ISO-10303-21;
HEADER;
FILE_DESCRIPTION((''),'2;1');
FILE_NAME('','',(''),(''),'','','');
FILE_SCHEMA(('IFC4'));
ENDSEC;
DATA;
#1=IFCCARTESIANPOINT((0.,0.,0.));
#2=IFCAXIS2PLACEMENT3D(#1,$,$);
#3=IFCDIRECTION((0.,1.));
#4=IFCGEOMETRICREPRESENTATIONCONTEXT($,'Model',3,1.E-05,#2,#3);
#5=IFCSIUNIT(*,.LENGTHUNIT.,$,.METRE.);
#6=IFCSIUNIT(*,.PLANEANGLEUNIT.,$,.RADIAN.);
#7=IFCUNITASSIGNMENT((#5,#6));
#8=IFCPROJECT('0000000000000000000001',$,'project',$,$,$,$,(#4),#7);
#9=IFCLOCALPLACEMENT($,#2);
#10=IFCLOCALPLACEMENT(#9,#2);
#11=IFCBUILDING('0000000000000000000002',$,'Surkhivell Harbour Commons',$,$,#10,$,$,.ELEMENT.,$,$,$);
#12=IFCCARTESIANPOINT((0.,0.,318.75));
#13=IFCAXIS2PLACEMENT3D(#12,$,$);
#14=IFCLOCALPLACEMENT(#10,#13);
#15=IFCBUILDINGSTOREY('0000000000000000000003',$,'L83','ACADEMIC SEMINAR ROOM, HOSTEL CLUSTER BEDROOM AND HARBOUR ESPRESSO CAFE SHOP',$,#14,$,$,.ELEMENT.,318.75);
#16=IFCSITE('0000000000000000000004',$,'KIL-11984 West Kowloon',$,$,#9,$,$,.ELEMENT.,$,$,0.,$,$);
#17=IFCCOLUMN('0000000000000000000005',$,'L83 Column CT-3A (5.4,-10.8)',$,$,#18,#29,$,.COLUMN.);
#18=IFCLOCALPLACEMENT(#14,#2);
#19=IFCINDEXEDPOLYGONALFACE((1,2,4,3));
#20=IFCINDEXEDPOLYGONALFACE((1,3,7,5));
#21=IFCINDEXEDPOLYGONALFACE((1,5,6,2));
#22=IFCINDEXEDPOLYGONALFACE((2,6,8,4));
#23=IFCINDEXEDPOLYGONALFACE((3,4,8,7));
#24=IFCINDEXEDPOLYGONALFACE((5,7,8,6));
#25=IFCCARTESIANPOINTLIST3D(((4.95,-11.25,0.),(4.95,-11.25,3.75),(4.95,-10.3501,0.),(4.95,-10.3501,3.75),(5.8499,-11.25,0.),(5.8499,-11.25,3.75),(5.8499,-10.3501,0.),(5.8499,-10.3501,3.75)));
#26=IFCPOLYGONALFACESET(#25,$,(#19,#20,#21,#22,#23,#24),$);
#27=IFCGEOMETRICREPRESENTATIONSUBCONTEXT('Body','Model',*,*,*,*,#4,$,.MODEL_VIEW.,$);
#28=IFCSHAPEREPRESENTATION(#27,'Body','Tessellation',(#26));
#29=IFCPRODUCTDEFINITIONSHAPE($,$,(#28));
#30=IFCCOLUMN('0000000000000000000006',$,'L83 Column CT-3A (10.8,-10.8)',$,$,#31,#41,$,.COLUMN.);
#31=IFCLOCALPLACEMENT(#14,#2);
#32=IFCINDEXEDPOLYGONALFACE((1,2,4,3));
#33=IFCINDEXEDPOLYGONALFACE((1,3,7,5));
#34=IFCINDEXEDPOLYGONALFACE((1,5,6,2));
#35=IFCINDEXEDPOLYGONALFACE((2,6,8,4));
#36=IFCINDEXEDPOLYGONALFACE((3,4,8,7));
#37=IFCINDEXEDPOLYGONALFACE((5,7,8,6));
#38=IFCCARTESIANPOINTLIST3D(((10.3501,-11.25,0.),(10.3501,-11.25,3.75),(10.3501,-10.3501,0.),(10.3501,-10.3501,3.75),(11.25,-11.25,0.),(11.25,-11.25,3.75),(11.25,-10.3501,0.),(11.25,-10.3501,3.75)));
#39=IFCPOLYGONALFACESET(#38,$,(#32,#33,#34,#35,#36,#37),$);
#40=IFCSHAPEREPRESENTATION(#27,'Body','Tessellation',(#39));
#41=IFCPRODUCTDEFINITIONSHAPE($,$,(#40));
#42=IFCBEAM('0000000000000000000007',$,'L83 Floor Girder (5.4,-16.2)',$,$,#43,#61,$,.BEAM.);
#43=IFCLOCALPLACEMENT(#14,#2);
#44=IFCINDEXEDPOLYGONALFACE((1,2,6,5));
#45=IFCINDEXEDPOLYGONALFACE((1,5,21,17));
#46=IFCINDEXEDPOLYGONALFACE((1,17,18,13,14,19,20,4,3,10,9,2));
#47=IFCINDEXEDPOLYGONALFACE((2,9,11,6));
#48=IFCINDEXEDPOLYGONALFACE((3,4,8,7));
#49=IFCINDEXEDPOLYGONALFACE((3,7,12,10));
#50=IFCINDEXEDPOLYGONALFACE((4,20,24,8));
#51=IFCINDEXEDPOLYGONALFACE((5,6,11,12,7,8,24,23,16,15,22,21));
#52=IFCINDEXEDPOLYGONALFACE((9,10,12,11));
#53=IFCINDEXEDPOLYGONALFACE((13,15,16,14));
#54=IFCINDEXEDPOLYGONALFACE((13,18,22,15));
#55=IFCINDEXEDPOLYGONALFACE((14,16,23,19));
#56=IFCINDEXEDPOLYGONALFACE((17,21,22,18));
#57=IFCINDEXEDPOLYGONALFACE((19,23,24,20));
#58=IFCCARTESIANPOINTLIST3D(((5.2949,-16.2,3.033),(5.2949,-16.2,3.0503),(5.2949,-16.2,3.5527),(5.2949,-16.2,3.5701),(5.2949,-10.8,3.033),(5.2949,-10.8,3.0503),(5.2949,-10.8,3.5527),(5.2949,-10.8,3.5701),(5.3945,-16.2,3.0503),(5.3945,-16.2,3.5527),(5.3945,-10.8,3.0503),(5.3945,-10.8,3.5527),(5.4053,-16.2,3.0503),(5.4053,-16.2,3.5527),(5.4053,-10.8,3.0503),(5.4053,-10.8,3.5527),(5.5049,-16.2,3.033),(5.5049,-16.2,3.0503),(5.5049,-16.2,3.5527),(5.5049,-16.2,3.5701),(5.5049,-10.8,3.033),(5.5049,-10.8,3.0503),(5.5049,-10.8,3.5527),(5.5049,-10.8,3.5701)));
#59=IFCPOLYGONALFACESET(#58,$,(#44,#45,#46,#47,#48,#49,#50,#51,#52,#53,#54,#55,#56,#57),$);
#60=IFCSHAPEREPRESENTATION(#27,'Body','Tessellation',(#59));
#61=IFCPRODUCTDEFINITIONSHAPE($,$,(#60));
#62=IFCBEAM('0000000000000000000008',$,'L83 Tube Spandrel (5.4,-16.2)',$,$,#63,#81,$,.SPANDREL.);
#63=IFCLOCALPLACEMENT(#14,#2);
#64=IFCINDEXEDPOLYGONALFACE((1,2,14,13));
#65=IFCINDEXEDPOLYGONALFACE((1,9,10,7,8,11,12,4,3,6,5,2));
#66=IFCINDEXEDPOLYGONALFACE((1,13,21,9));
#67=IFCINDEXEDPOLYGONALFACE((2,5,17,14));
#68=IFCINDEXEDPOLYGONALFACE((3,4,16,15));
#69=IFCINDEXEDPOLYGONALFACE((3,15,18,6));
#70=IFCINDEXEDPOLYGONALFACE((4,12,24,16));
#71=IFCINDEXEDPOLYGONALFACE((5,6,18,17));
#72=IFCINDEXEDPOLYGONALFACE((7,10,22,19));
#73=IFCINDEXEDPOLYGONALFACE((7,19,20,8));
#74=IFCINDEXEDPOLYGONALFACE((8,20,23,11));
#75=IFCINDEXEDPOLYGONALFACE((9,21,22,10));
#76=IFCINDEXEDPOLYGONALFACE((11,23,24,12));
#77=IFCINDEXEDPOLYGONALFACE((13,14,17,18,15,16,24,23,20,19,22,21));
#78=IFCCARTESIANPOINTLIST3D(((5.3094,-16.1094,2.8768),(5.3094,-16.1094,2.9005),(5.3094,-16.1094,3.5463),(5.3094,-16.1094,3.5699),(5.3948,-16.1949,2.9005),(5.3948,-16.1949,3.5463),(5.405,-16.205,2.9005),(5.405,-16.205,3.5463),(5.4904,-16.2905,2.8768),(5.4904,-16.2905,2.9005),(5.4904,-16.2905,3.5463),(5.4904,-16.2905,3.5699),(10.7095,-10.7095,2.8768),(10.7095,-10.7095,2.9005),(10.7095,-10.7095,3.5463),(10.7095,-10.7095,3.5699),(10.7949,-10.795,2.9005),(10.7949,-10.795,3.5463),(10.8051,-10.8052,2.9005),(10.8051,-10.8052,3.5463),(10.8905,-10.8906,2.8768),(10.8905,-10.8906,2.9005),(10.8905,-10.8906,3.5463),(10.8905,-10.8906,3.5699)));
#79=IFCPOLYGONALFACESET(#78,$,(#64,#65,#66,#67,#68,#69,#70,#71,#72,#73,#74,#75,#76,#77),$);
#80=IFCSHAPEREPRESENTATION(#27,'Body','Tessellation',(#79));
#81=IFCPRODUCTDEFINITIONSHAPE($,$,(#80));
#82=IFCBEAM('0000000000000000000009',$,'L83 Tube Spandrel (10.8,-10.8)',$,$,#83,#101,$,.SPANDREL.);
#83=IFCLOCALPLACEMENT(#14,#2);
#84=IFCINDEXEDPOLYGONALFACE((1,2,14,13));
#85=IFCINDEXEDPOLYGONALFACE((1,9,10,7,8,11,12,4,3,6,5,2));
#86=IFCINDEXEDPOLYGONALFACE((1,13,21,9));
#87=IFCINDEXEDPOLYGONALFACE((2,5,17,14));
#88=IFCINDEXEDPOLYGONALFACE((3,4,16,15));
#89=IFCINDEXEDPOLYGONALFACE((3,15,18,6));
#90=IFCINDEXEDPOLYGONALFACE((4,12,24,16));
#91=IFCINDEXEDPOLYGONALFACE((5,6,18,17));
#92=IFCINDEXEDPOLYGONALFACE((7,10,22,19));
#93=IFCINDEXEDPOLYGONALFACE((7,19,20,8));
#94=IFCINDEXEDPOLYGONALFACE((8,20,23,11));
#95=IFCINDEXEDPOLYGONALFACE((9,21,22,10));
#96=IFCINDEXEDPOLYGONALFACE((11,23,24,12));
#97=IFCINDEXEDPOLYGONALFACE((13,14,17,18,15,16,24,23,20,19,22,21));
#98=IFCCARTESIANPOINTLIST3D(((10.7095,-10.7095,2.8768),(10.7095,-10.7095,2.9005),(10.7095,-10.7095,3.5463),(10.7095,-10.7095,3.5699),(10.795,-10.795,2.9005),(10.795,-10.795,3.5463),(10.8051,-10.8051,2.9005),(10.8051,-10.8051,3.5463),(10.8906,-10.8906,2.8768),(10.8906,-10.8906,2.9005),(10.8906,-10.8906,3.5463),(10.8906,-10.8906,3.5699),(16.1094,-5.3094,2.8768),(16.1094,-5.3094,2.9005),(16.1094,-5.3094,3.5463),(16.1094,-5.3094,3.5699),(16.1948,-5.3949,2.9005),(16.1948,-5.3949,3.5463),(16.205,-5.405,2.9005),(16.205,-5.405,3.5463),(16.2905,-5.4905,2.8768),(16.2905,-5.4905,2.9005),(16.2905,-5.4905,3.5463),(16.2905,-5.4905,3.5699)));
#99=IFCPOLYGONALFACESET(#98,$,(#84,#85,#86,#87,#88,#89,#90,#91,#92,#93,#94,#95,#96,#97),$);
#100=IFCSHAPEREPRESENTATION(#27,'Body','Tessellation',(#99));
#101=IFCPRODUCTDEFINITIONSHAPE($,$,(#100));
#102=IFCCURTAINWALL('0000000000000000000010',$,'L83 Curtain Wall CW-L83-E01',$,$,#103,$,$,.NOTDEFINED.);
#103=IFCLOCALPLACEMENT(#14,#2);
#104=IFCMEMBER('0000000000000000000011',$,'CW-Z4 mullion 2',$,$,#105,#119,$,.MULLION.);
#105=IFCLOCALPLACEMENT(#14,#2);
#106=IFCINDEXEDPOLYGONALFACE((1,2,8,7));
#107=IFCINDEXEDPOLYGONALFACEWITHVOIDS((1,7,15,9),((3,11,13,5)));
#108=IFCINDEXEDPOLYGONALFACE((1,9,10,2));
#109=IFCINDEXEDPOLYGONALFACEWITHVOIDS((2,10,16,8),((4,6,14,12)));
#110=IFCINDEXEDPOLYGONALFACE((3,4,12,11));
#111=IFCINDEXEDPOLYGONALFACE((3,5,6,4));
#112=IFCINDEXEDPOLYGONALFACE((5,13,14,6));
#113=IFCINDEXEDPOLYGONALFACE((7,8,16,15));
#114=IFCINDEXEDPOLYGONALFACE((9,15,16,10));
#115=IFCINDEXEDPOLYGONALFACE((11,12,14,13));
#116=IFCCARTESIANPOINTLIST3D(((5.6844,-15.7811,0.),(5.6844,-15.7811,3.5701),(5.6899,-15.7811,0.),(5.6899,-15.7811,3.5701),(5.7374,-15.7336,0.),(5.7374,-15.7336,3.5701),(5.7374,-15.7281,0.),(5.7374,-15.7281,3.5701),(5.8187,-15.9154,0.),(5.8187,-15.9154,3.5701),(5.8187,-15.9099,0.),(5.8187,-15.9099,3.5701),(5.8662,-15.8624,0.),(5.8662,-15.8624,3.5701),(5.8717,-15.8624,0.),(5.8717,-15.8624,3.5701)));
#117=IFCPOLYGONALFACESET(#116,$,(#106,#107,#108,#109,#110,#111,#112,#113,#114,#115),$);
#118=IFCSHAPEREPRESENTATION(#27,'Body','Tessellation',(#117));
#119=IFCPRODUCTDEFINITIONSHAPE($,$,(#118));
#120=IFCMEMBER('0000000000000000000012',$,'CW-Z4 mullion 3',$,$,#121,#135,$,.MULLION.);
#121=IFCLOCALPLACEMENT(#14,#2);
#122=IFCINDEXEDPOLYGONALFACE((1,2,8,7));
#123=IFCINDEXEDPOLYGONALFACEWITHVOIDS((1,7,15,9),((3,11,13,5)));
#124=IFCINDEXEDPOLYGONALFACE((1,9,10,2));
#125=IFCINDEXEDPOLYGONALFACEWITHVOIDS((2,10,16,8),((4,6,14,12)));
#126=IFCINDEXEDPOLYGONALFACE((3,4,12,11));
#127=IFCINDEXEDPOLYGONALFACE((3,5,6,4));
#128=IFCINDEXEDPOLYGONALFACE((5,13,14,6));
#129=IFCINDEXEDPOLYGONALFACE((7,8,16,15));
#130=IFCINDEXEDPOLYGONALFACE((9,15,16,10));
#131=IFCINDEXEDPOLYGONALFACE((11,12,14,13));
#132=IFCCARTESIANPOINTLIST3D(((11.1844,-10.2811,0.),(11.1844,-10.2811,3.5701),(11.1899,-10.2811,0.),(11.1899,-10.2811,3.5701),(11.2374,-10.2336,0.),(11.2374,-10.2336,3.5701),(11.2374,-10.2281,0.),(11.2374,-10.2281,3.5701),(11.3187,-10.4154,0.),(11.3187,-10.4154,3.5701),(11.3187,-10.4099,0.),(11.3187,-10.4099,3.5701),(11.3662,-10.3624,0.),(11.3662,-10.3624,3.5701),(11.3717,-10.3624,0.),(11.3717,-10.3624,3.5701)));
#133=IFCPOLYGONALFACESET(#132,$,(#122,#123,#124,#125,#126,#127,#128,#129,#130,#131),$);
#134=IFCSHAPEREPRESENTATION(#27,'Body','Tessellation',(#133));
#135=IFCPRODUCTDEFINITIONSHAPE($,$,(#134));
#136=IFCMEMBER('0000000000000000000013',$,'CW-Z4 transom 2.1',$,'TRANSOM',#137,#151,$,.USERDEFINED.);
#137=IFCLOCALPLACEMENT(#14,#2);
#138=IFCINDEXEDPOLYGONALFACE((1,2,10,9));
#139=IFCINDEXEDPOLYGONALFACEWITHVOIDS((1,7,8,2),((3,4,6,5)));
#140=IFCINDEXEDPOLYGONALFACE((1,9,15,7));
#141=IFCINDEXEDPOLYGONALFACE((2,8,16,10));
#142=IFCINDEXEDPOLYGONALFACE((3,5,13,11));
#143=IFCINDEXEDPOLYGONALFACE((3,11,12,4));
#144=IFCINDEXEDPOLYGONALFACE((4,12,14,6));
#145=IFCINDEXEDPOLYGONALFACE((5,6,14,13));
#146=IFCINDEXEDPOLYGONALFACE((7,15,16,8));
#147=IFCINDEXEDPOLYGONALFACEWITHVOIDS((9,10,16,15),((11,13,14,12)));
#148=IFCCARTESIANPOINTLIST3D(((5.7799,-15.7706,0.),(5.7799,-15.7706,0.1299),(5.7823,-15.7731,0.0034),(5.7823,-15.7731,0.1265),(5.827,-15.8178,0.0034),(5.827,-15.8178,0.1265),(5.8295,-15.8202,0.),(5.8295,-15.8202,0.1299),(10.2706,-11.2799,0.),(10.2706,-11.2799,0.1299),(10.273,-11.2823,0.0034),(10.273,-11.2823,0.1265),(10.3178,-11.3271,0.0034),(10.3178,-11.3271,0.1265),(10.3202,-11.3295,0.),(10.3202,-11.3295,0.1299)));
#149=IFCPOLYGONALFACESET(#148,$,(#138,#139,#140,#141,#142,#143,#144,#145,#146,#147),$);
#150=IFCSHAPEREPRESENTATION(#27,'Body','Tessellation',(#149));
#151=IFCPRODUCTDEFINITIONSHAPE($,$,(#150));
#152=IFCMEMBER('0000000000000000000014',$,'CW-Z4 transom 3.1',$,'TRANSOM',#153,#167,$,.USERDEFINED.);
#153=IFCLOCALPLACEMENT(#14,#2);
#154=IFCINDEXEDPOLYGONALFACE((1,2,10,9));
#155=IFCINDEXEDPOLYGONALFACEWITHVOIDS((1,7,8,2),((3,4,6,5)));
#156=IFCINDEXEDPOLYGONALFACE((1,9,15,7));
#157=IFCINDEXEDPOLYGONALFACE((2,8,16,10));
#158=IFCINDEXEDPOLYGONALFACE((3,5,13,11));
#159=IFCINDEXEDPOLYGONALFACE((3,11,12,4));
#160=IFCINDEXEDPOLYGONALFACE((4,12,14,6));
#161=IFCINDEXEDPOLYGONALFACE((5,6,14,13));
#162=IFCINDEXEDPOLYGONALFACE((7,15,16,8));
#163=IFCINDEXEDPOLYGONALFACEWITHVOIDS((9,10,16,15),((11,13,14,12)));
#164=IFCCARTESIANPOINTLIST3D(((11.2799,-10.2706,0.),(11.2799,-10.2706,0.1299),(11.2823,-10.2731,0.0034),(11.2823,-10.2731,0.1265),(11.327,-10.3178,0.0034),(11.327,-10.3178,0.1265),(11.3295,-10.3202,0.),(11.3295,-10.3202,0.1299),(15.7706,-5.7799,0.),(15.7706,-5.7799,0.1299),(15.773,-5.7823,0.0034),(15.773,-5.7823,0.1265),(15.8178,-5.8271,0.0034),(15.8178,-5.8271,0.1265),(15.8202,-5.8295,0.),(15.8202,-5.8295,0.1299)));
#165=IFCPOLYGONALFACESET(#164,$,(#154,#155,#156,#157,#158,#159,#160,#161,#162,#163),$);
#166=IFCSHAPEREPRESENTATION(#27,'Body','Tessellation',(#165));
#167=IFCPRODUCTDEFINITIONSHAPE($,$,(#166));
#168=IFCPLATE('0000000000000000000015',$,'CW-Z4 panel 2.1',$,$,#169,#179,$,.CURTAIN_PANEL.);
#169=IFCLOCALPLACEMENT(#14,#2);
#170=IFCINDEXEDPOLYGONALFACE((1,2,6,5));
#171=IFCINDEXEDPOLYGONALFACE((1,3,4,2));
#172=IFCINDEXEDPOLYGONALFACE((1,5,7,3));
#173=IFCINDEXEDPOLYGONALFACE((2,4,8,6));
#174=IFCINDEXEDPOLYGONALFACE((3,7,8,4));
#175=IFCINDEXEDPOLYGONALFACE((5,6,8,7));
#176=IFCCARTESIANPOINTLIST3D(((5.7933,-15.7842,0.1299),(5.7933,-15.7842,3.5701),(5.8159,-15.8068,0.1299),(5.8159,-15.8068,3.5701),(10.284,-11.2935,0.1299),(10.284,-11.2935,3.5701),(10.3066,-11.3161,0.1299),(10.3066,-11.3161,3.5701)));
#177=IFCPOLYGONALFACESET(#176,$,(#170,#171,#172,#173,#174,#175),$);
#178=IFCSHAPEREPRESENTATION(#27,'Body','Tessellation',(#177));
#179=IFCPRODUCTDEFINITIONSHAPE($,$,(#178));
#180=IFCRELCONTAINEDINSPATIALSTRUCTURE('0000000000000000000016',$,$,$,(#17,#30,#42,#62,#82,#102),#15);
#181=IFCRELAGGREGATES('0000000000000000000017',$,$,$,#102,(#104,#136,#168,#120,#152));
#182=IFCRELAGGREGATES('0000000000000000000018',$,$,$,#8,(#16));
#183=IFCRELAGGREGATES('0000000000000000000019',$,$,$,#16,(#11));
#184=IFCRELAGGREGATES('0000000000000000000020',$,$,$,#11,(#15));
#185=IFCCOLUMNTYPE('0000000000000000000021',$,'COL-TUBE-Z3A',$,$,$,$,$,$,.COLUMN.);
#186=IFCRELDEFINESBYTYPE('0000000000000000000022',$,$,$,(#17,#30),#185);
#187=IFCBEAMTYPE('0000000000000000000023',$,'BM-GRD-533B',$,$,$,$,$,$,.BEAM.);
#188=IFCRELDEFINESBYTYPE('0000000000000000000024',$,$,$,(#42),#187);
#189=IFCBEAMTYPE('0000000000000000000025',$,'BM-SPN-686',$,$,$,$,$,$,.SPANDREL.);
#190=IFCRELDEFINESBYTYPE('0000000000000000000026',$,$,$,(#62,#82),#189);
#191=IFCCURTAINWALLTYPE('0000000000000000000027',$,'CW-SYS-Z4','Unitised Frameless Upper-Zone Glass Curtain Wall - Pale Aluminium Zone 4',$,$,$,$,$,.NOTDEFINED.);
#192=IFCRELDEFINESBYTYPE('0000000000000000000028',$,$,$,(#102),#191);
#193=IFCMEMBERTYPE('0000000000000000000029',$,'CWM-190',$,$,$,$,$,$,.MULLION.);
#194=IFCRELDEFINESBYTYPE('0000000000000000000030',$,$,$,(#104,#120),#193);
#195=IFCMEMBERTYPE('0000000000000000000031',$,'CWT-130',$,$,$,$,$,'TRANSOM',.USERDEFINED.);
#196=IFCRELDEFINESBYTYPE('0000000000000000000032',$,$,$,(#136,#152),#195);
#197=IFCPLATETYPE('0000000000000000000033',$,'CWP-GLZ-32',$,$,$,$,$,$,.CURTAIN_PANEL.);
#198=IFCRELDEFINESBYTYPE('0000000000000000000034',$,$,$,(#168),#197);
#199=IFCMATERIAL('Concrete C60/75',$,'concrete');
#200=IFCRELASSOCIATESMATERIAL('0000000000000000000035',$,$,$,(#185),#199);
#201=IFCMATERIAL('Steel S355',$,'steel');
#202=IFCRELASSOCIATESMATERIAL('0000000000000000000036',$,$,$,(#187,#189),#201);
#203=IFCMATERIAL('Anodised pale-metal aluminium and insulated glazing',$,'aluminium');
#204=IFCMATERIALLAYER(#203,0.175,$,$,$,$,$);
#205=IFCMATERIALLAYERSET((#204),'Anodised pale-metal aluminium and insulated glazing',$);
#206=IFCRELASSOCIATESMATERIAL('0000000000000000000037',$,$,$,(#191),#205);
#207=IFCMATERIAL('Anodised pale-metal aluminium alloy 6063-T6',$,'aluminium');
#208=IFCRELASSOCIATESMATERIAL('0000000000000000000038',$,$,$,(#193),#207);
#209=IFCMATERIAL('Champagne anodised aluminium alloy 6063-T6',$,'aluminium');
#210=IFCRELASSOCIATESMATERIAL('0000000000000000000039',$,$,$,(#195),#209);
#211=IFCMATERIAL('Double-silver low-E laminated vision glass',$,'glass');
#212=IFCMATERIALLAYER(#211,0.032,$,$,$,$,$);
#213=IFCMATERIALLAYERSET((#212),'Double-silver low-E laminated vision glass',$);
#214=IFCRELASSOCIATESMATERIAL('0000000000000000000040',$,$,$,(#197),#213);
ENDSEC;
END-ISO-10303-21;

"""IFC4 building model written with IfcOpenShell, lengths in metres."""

from ifc_helpers import new_model, si_unit, direction, frame, frame_2d, origin, origin_2d, place, context, subcontext, project, spatial, rectangle, hollow_rectangle, i_section, extrude, material, layer, layer_set, material_profile, profile_set, type_object, element, aggregate, save


model = new_model("IFC4")

# Units and contexts
model_context = context("Model", 3, precision=1e-05, world=origin(), true_north=direction((0.0, 1.0)))
body_context = subcontext(model_context, "Body", "Model", "MODEL_VIEW")
ifc_project = project(units=[si_unit("LENGTHUNIT", "METRE"), si_unit("PLANEANGLEUNIT", "RADIAN")], contexts=[model_context])

# Site, building, storey
site_placement = place(None, origin())
site = spatial("IfcSite", under=ifc_project, at=site_placement, Name="KIL-11984 West Kowloon", CompositionType="ELEMENT", RefElevation=0.0)
building_placement = place(site_placement, origin())
building = spatial("IfcBuilding", under=site, at=building_placement, Name="Surkhivell Harbour Commons", CompositionType="ELEMENT")
storey_placement = place(building_placement, frame((0.0, 0.0, 318.75)))
storey = spatial("IfcBuildingStorey", under=building, at=storey_placement, Name="L83", Description="ACADEMIC SEMINAR ROOM, HOSTEL CLUSTER BEDROOM AND HARBOUR ESPRESSO CAFE SHOP", CompositionType="ELEMENT", Elevation=318.75)

# Columns
ifc_material_1 = material(Name="Concrete C60/75", Category="concrete")
ifc_material_profile_1 = material_profile(ifc_material_1, rectangle(XDim=0.8999, YDim=0.8999, at=origin_2d()), Name="RC-COL-900x900")
ifc_profile_set_1 = profile_set([ifc_material_profile_1], Name="Concrete C60/75")
column_type = type_object("IfcColumnType", Name="COL-TUBE-Z3A", PredefinedType="COLUMN", material=ifc_profile_set_1)
for number, where, z_axis, x_axis, name in (
    (1, (5.3999, -10.8, 0.0), (0.0, 0.0, 1.0), (1.0, 0.0, 0.0), "L83 Column CT-3A (5.4,-10.8)"),
    (2, (10.8, -10.8, 0.0), (0.0, 0.0, 1.0), (1.0, 0.0, 0.0), "L83 Column CT-3A (10.8,-10.8)"),
):
    element("IfcColumn", number, at=place(storey_placement, frame(where, z_axis=z_axis, x_axis=x_axis)), inside=storey, type_object=column_type, Name=name, PredefinedType="COLUMN", context=body_context, shape_type="SweptSolid", body=[
        extrude(rectangle(XDim=0.8999, YDim=0.8999, at=origin_2d()), origin(), (0.0, 0.0, 1.0), 3.75),
    ])

# Beams
ifc_material_2 = material(Name="Steel S355", Category="steel")
ifc_material_profile_2 = material_profile(ifc_material_2, i_section(OverallWidth=0.21, OverallDepth=0.5371, WebThickness=0.0107, FlangeThickness=0.0173, at=origin_2d()), Name="UB533x210x101")
ifc_profile_set_2 = profile_set([ifc_material_profile_2], Name="Steel S355")
beam_type_1 = type_object("IfcBeamType", Name="BM-GRD-533B", PredefinedType="BEAM", material=ifc_profile_set_2)
beam_placement = place(storey_placement, frame((5.3999, -16.2, 3.3015), z_axis=(0.0, 1.0, 0.0), x_axis=(-1.0, 0.0, 0.0)))
element("IfcBeam", 3, at=beam_placement, inside=storey, type_object=beam_type_1, Name="L83 Floor Girder (5.4,-16.2)", PredefinedType="BEAM", context=body_context, shape_type="SweptSolid", body=[
    extrude(i_section(OverallWidth=0.21, OverallDepth=0.5371, WebThickness=0.0107, FlangeThickness=0.0173, at=origin_2d()), origin(), (0.0, 0.0, 1.0), 5.3999),
])
ifc_material_profile_3 = material_profile(ifc_material_2, i_section(OverallWidth=0.2561, OverallDepth=0.6931, WebThickness=0.0144, FlangeThickness=0.0237, at=origin_2d()), Name="UB686x254x170")
ifc_profile_set_3 = profile_set([ifc_material_profile_3], Name="Steel S355")
beam_type_2 = type_object("IfcBeamType", Name="BM-SPN-686", PredefinedType="SPANDREL", material=ifc_profile_set_3)
for number, where, z_axis, x_axis, name in (
    (4, (5.3999, -16.2, 3.2234), (0.707123, 0.707091, 0.0), (-0.707091, 0.707123, 0.0), "L83 Tube Spandrel (5.4,-16.2)"),
    (5, (10.8, -10.8, 3.2234), (0.707091, 0.707123, 0.0), (-0.707123, 0.707091, 0.0), "L83 Tube Spandrel (10.8,-10.8)"),
):
    element("IfcBeam", number, at=place(storey_placement, frame(where, z_axis=z_axis, x_axis=x_axis)), inside=storey, type_object=beam_type_2, Name=name, PredefinedType="SPANDREL", context=body_context, shape_type="SweptSolid", body=[
        extrude(i_section(OverallWidth=0.2561, OverallDepth=0.6931, WebThickness=0.0144, FlangeThickness=0.0237, at=origin_2d()), origin(), (0.0, 0.0, 1.0), 7.6367),
    ])

# Curtain wall, members, plate
ifc_material_3 = material(Name="Anodised pale-metal aluminium and insulated glazing", Category="aluminium")
ifc_layer_1 = layer(ifc_material_3, 0.175)
ifc_layer_set_1 = layer_set([ifc_layer_1], Name="Anodised pale-metal aluminium and insulated glazing")
curtain_wall_type = type_object("IfcCurtainWallType", Name="CW-SYS-Z4", Description="Unitised Frameless Upper-Zone Glass Curtain Wall - Pale Aluminium Zone 4", PredefinedType="NOTDEFINED", material=ifc_layer_set_1)
curtain_wall_placement = place(storey_placement, origin())
curtain_wall = element("IfcCurtainWall", 6, at=curtain_wall_placement, inside=storey, type_object=curtain_wall_type, Name="L83 Curtain Wall CW-L83-E01", PredefinedType="NOTDEFINED")
ifc_material_4 = material(Name="Anodised pale-metal aluminium alloy 6063-T6", Category="aluminium")
ifc_material_profile_4 = material_profile(ifc_material_4, hollow_rectangle(XDim=0.075, YDim=0.1899, WallThickness=0.0039, at=origin_2d()), Name="ALU-MULL-75x190")
ifc_profile_set_4 = profile_set([ifc_material_profile_4], Name="Anodised pale-metal aluminium alloy 6063-T6")
member_type_1 = type_object("IfcMemberType", Name="CWM-190", PredefinedType="MULLION", material=ifc_profile_set_4)
member_1_placement = place(storey_placement, frame((5.7781, -15.8218, 0.0), z_axis=(0.0, 0.0, 1.0), x_axis=(0.707107, 0.707107, 0.0)))
member_1 = element("IfcMember", 7, at=member_1_placement, type_object=member_type_1, Name="CW-Z4 mullion 2", PredefinedType="MULLION", context=body_context, shape_type="SweptSolid", body=[
    extrude(hollow_rectangle(XDim=0.075, YDim=0.1899, WallThickness=0.0039, at=origin_2d()), origin(), (0.0, 0.0, 1.0), 3.5701),
])
member_2_placement = place(storey_placement, frame((11.2781, -10.3218, 0.0), z_axis=(0.0, 0.0, 1.0), x_axis=(0.707107, 0.707107, 0.0)))
member_2 = element("IfcMember", 8, at=member_2_placement, type_object=member_type_1, Name="CW-Z4 mullion 3", PredefinedType="MULLION", context=body_context, shape_type="SweptSolid", body=[
    extrude(hollow_rectangle(XDim=0.075, YDim=0.1899, WallThickness=0.0039, at=origin_2d()), origin(), (0.0, 0.0, 1.0), 3.5701),
])
ifc_material_5 = material(Name="Champagne anodised aluminium alloy 6063-T6", Category="aluminium")
ifc_material_profile_5 = material_profile(ifc_material_5, hollow_rectangle(XDim=0.0701, YDim=0.1299, WallThickness=0.0034, at=origin_2d()), Name="ALU-TRAN-70x130")
ifc_profile_set_5 = profile_set([ifc_material_profile_5], Name="Champagne anodised aluminium alloy 6063-T6")
member_type_2 = type_object("IfcMemberType", Name="CWT-130", ElementType="TRANSOM", PredefinedType="USERDEFINED", material=ifc_profile_set_5)
member_3_placement = place(storey_placement, frame((5.8047, -15.7954, 0.0649), z_axis=(0.707107, 0.707107, 0.0), x_axis=(-0.707107, 0.707107, 0.0)))
member_3 = element("IfcMember", 9, at=member_3_placement, type_object=member_type_2, Name="CW-Z4 transom 2.1", ObjectType="TRANSOM", PredefinedType="USERDEFINED", context=body_context, shape_type="SweptSolid", body=[
    extrude(hollow_rectangle(XDim=0.0701, YDim=0.1299, WallThickness=0.0034, at=origin_2d()), origin(), (0.0, 0.0, 1.0), 6.3508),
])
member_4_placement = place(storey_placement, frame((11.3047, -10.2954, 0.0649), z_axis=(0.707107, 0.707107, 0.0), x_axis=(-0.707107, 0.707107, 0.0)))
member_4 = element("IfcMember", 10, at=member_4_placement, type_object=member_type_2, Name="CW-Z4 transom 3.1", ObjectType="TRANSOM", PredefinedType="USERDEFINED", context=body_context, shape_type="SweptSolid", body=[
    extrude(hollow_rectangle(XDim=0.0701, YDim=0.1299, WallThickness=0.0034, at=origin_2d()), origin(), (0.0, 0.0, 1.0), 6.3508),
])
ifc_material_6 = material(Name="Double-silver low-E laminated vision glass", Category="glass")
ifc_layer_2 = layer(ifc_material_6, 0.032)
ifc_layer_set_2 = layer_set([ifc_layer_2], Name="Double-silver low-E laminated vision glass")
plate_type = type_object("IfcPlateType", Name="CWP-GLZ-32", PredefinedType="CURTAIN_PANEL", material=ifc_layer_set_2)
plate_1_placement = place(storey_placement, frame((5.8047, -15.7954, 0.1299), z_axis=(0.0, 0.0, 1.0), x_axis=(0.707107, 0.707107, 0.0)))
plate_1 = element("IfcPlate", 11, at=plate_1_placement, type_object=plate_type, Name="CW-Z4 panel 2.1", PredefinedType="CURTAIN_PANEL", context=body_context, shape_type="SweptSolid", body=[
    extrude(rectangle(XDim=6.3508, YDim=0.032, at=frame_2d((3.1753, 0.0))), origin(), (0.0, 0.0, 1.0), 3.4402),
])
aggregate(curtain_wall, [member_1, member_3, plate_1, member_2, member_4])

save(model, "model.ifc")
